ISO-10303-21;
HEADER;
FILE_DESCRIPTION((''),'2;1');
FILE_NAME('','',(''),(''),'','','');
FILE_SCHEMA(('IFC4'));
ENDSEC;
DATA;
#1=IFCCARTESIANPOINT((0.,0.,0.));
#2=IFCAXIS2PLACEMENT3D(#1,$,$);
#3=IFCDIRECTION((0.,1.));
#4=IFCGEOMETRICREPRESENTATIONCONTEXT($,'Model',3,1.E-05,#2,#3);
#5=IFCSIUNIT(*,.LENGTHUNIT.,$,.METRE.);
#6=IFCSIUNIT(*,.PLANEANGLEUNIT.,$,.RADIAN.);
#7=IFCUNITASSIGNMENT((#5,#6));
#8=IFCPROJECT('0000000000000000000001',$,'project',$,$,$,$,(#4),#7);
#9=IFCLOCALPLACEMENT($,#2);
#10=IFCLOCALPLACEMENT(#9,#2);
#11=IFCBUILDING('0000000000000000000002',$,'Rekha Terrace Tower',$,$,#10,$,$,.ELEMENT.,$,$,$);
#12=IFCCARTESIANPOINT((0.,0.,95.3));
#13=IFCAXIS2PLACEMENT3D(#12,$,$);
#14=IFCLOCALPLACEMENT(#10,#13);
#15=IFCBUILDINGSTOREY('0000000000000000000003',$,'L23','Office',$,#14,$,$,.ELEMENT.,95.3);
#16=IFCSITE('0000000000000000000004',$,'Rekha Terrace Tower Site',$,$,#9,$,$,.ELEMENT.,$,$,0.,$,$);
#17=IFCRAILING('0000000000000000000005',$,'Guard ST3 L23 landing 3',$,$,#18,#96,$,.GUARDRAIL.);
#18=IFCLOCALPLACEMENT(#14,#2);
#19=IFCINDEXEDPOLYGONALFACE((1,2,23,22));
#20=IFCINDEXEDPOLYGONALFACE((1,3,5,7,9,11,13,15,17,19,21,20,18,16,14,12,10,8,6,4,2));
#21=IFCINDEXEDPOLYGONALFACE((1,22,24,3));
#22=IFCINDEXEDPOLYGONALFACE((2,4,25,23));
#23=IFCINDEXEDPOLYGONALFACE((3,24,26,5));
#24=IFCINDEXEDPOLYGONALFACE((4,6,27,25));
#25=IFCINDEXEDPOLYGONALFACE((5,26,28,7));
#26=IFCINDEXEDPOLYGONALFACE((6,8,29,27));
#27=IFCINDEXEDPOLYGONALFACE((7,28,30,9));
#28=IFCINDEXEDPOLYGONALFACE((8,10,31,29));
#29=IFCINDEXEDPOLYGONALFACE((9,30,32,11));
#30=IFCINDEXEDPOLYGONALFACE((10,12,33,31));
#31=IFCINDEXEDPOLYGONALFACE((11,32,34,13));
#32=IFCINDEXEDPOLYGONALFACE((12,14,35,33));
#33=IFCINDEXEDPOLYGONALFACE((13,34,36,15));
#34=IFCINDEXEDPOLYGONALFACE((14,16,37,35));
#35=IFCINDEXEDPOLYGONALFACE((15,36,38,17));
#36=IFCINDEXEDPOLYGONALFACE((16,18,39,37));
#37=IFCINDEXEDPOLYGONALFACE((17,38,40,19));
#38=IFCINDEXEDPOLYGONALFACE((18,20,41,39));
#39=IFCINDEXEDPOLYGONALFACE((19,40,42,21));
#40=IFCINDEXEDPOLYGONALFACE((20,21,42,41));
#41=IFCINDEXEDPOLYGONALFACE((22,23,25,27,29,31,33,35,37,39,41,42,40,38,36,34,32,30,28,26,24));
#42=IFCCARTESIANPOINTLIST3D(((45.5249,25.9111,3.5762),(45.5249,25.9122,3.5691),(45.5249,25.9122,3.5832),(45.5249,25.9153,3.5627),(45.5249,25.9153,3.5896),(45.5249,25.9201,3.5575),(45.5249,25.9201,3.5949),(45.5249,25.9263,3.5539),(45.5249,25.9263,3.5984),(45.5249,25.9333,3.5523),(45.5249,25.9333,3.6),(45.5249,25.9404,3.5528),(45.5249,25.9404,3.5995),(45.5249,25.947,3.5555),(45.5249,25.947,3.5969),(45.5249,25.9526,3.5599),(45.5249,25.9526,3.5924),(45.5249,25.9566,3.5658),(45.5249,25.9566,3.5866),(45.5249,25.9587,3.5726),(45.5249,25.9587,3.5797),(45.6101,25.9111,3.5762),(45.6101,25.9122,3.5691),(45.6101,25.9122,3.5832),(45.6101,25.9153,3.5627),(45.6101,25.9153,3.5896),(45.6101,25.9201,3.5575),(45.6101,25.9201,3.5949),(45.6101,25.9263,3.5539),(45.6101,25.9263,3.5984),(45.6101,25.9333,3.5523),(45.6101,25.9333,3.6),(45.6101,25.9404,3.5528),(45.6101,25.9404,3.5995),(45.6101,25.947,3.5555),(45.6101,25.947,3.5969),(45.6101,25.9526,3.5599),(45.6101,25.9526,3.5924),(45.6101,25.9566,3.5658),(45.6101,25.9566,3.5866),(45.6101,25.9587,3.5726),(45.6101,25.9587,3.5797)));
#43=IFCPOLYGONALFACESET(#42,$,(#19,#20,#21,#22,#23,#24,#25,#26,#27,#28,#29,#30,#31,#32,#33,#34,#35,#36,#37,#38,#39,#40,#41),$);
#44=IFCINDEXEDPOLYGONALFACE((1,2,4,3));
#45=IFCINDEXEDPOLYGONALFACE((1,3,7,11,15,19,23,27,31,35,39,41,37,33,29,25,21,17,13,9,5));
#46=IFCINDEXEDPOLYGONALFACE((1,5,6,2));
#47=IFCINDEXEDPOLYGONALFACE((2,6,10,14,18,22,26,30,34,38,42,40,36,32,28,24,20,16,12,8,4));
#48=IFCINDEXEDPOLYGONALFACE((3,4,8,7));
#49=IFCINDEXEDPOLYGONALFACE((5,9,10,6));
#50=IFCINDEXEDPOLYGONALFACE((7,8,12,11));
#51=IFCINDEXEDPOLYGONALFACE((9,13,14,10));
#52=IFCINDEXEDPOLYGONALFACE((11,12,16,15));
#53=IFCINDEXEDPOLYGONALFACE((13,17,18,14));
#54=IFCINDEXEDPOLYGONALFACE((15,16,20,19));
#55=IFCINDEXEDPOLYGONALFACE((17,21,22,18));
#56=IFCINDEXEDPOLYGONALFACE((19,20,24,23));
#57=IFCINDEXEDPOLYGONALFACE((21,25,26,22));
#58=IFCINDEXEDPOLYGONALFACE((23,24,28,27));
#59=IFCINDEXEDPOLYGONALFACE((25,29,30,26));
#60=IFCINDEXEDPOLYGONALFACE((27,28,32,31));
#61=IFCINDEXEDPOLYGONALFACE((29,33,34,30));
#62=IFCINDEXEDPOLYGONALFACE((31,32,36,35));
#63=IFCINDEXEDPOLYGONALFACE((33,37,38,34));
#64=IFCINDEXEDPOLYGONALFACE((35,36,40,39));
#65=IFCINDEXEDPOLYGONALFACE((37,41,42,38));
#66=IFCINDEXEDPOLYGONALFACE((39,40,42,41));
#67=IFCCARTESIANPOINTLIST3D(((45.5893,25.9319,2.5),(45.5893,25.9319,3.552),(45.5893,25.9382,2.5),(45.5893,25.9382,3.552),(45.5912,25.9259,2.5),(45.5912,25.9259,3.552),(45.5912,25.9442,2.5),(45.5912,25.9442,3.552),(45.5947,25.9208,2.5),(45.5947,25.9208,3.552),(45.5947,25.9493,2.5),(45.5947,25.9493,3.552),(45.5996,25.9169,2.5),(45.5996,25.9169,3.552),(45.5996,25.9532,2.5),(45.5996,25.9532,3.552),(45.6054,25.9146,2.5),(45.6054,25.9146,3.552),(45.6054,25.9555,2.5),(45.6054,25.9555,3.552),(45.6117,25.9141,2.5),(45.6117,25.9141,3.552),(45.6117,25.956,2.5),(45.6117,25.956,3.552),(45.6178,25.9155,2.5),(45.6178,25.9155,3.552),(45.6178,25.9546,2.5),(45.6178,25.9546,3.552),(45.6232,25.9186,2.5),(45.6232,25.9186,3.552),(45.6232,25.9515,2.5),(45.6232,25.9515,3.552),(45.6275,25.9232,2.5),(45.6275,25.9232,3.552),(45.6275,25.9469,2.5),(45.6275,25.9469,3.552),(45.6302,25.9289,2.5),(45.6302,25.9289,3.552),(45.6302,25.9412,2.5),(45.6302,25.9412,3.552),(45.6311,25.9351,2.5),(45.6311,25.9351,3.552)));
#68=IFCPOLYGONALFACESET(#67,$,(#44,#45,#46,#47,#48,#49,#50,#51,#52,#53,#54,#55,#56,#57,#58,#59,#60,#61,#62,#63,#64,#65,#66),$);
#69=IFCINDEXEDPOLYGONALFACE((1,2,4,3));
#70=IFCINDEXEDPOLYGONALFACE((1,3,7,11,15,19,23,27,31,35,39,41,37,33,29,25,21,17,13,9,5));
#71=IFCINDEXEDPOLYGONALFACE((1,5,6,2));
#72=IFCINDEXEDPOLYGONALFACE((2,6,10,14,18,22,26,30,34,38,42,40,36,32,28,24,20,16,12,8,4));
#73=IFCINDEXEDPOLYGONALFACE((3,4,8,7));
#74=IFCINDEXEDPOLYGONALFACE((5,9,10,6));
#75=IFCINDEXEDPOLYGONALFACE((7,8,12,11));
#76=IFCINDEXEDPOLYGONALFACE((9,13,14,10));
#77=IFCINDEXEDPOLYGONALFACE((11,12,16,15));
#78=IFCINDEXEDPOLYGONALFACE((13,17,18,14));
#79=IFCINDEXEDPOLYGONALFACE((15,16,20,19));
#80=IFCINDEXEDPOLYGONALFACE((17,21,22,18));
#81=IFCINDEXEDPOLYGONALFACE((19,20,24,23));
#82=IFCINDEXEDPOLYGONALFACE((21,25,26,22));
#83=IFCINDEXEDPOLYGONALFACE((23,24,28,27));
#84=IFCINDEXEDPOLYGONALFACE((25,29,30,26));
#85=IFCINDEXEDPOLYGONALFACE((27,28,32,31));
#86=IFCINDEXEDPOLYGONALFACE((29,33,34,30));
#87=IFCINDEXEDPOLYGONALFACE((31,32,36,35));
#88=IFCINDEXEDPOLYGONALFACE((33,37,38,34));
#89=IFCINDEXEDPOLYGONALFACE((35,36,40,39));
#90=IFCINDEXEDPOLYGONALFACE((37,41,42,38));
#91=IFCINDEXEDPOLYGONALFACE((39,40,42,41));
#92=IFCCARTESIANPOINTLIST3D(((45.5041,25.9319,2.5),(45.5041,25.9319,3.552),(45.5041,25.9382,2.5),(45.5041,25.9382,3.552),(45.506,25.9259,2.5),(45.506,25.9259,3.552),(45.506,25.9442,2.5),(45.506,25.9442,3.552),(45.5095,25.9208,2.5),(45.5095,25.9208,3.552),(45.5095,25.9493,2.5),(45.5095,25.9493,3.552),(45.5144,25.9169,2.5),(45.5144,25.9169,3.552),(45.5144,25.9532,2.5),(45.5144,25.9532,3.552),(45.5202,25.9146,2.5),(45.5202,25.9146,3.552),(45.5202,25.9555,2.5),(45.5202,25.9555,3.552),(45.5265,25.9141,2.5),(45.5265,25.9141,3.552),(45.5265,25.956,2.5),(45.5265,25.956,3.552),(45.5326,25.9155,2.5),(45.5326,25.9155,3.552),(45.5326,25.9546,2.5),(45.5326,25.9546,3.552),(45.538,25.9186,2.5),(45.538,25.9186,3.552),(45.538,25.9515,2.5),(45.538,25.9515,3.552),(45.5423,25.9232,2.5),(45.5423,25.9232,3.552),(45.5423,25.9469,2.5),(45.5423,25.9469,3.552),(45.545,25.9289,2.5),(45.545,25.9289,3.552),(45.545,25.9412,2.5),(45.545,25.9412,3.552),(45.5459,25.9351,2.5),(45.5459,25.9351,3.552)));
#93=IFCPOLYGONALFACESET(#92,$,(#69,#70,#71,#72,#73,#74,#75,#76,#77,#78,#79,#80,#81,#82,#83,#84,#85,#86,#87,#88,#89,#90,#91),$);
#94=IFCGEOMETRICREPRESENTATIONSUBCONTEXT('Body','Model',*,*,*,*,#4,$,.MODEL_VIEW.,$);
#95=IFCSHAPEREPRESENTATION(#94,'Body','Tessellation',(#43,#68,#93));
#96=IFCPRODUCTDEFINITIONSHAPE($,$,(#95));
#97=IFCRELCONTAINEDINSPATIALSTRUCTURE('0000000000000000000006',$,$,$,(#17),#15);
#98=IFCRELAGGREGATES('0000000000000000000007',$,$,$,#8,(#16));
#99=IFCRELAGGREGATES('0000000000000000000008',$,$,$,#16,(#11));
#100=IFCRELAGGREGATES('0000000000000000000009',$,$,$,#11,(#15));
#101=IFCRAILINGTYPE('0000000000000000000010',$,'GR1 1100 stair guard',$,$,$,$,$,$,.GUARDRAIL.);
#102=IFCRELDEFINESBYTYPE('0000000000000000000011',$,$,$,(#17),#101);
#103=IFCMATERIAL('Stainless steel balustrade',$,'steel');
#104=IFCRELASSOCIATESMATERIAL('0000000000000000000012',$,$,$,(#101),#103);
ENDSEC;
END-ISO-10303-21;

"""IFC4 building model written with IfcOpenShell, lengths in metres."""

from ifc_helpers import new_model, si_unit, direction, frame, origin, origin_2d, place, context, subcontext, project, spatial, circle, extrude, material, type_object, element, save


model = new_model("IFC4")

# Units and contexts
model_context = context("Model", 3, precision=1e-05, world=origin(), true_north=direction((0.0, 1.0)))
body_context = subcontext(model_context, "Body", "Model", "MODEL_VIEW")
ifc_project = project(units=[si_unit("LENGTHUNIT", "METRE"), si_unit("PLANEANGLEUNIT", "RADIAN")], contexts=[model_context])

# Site, building, storey
site_placement = place(None, origin())
site = spatial("IfcSite", under=ifc_project, at=site_placement, Name="Rekha Terrace Tower Site", CompositionType="ELEMENT", RefElevation=0.0)
building_placement = place(site_placement, origin())
building = spatial("IfcBuilding", under=site, at=building_placement, Name="Rekha Terrace Tower", CompositionType="ELEMENT")
storey_placement = place(building_placement, frame((0.0, 0.0, 95.3)))
storey = spatial("IfcBuildingStorey", under=building, at=storey_placement, Name="L23", Description="Office", CompositionType="ELEMENT", Elevation=95.3)

# Railing
ifc_material_1 = material(Name="Stainless steel balustrade", Category="steel")
railing_type_1 = type_object("IfcRailingType", Name="GR1 1100 stair guard", PredefinedType="GUARDRAIL", material=ifc_material_1)
railing_1_placement = place(storey_placement, frame((45.6101, 25.9351, 2.5)))
element("IfcRailing", 1, at=railing_1_placement, inside=storey, type_object=railing_type_1, Name="Guard ST3 L23 landing 3", PredefinedType="GUARDRAIL", context=body_context, shape_type="SweptSolid", body=[
    extrude(circle(Radius=0.0239, at=origin_2d()), frame((0.0, 0.0, 1.0762), z_axis=(-1.0, 0.0, 0.0), x_axis=(0.0, -1.0, 0.0)), (0.0, 0.0, 1.0), 0.0852),
    extrude(circle(Radius=0.021, at=origin_2d()), origin(), (0.0, 0.0, 1.0), 1.052),
    extrude(circle(Radius=0.021, at=origin_2d()), frame((-0.0852, 0.0, 0.0)), (0.0, 0.0, 1.0), 1.052),
])

save(model, "model.ifc")
